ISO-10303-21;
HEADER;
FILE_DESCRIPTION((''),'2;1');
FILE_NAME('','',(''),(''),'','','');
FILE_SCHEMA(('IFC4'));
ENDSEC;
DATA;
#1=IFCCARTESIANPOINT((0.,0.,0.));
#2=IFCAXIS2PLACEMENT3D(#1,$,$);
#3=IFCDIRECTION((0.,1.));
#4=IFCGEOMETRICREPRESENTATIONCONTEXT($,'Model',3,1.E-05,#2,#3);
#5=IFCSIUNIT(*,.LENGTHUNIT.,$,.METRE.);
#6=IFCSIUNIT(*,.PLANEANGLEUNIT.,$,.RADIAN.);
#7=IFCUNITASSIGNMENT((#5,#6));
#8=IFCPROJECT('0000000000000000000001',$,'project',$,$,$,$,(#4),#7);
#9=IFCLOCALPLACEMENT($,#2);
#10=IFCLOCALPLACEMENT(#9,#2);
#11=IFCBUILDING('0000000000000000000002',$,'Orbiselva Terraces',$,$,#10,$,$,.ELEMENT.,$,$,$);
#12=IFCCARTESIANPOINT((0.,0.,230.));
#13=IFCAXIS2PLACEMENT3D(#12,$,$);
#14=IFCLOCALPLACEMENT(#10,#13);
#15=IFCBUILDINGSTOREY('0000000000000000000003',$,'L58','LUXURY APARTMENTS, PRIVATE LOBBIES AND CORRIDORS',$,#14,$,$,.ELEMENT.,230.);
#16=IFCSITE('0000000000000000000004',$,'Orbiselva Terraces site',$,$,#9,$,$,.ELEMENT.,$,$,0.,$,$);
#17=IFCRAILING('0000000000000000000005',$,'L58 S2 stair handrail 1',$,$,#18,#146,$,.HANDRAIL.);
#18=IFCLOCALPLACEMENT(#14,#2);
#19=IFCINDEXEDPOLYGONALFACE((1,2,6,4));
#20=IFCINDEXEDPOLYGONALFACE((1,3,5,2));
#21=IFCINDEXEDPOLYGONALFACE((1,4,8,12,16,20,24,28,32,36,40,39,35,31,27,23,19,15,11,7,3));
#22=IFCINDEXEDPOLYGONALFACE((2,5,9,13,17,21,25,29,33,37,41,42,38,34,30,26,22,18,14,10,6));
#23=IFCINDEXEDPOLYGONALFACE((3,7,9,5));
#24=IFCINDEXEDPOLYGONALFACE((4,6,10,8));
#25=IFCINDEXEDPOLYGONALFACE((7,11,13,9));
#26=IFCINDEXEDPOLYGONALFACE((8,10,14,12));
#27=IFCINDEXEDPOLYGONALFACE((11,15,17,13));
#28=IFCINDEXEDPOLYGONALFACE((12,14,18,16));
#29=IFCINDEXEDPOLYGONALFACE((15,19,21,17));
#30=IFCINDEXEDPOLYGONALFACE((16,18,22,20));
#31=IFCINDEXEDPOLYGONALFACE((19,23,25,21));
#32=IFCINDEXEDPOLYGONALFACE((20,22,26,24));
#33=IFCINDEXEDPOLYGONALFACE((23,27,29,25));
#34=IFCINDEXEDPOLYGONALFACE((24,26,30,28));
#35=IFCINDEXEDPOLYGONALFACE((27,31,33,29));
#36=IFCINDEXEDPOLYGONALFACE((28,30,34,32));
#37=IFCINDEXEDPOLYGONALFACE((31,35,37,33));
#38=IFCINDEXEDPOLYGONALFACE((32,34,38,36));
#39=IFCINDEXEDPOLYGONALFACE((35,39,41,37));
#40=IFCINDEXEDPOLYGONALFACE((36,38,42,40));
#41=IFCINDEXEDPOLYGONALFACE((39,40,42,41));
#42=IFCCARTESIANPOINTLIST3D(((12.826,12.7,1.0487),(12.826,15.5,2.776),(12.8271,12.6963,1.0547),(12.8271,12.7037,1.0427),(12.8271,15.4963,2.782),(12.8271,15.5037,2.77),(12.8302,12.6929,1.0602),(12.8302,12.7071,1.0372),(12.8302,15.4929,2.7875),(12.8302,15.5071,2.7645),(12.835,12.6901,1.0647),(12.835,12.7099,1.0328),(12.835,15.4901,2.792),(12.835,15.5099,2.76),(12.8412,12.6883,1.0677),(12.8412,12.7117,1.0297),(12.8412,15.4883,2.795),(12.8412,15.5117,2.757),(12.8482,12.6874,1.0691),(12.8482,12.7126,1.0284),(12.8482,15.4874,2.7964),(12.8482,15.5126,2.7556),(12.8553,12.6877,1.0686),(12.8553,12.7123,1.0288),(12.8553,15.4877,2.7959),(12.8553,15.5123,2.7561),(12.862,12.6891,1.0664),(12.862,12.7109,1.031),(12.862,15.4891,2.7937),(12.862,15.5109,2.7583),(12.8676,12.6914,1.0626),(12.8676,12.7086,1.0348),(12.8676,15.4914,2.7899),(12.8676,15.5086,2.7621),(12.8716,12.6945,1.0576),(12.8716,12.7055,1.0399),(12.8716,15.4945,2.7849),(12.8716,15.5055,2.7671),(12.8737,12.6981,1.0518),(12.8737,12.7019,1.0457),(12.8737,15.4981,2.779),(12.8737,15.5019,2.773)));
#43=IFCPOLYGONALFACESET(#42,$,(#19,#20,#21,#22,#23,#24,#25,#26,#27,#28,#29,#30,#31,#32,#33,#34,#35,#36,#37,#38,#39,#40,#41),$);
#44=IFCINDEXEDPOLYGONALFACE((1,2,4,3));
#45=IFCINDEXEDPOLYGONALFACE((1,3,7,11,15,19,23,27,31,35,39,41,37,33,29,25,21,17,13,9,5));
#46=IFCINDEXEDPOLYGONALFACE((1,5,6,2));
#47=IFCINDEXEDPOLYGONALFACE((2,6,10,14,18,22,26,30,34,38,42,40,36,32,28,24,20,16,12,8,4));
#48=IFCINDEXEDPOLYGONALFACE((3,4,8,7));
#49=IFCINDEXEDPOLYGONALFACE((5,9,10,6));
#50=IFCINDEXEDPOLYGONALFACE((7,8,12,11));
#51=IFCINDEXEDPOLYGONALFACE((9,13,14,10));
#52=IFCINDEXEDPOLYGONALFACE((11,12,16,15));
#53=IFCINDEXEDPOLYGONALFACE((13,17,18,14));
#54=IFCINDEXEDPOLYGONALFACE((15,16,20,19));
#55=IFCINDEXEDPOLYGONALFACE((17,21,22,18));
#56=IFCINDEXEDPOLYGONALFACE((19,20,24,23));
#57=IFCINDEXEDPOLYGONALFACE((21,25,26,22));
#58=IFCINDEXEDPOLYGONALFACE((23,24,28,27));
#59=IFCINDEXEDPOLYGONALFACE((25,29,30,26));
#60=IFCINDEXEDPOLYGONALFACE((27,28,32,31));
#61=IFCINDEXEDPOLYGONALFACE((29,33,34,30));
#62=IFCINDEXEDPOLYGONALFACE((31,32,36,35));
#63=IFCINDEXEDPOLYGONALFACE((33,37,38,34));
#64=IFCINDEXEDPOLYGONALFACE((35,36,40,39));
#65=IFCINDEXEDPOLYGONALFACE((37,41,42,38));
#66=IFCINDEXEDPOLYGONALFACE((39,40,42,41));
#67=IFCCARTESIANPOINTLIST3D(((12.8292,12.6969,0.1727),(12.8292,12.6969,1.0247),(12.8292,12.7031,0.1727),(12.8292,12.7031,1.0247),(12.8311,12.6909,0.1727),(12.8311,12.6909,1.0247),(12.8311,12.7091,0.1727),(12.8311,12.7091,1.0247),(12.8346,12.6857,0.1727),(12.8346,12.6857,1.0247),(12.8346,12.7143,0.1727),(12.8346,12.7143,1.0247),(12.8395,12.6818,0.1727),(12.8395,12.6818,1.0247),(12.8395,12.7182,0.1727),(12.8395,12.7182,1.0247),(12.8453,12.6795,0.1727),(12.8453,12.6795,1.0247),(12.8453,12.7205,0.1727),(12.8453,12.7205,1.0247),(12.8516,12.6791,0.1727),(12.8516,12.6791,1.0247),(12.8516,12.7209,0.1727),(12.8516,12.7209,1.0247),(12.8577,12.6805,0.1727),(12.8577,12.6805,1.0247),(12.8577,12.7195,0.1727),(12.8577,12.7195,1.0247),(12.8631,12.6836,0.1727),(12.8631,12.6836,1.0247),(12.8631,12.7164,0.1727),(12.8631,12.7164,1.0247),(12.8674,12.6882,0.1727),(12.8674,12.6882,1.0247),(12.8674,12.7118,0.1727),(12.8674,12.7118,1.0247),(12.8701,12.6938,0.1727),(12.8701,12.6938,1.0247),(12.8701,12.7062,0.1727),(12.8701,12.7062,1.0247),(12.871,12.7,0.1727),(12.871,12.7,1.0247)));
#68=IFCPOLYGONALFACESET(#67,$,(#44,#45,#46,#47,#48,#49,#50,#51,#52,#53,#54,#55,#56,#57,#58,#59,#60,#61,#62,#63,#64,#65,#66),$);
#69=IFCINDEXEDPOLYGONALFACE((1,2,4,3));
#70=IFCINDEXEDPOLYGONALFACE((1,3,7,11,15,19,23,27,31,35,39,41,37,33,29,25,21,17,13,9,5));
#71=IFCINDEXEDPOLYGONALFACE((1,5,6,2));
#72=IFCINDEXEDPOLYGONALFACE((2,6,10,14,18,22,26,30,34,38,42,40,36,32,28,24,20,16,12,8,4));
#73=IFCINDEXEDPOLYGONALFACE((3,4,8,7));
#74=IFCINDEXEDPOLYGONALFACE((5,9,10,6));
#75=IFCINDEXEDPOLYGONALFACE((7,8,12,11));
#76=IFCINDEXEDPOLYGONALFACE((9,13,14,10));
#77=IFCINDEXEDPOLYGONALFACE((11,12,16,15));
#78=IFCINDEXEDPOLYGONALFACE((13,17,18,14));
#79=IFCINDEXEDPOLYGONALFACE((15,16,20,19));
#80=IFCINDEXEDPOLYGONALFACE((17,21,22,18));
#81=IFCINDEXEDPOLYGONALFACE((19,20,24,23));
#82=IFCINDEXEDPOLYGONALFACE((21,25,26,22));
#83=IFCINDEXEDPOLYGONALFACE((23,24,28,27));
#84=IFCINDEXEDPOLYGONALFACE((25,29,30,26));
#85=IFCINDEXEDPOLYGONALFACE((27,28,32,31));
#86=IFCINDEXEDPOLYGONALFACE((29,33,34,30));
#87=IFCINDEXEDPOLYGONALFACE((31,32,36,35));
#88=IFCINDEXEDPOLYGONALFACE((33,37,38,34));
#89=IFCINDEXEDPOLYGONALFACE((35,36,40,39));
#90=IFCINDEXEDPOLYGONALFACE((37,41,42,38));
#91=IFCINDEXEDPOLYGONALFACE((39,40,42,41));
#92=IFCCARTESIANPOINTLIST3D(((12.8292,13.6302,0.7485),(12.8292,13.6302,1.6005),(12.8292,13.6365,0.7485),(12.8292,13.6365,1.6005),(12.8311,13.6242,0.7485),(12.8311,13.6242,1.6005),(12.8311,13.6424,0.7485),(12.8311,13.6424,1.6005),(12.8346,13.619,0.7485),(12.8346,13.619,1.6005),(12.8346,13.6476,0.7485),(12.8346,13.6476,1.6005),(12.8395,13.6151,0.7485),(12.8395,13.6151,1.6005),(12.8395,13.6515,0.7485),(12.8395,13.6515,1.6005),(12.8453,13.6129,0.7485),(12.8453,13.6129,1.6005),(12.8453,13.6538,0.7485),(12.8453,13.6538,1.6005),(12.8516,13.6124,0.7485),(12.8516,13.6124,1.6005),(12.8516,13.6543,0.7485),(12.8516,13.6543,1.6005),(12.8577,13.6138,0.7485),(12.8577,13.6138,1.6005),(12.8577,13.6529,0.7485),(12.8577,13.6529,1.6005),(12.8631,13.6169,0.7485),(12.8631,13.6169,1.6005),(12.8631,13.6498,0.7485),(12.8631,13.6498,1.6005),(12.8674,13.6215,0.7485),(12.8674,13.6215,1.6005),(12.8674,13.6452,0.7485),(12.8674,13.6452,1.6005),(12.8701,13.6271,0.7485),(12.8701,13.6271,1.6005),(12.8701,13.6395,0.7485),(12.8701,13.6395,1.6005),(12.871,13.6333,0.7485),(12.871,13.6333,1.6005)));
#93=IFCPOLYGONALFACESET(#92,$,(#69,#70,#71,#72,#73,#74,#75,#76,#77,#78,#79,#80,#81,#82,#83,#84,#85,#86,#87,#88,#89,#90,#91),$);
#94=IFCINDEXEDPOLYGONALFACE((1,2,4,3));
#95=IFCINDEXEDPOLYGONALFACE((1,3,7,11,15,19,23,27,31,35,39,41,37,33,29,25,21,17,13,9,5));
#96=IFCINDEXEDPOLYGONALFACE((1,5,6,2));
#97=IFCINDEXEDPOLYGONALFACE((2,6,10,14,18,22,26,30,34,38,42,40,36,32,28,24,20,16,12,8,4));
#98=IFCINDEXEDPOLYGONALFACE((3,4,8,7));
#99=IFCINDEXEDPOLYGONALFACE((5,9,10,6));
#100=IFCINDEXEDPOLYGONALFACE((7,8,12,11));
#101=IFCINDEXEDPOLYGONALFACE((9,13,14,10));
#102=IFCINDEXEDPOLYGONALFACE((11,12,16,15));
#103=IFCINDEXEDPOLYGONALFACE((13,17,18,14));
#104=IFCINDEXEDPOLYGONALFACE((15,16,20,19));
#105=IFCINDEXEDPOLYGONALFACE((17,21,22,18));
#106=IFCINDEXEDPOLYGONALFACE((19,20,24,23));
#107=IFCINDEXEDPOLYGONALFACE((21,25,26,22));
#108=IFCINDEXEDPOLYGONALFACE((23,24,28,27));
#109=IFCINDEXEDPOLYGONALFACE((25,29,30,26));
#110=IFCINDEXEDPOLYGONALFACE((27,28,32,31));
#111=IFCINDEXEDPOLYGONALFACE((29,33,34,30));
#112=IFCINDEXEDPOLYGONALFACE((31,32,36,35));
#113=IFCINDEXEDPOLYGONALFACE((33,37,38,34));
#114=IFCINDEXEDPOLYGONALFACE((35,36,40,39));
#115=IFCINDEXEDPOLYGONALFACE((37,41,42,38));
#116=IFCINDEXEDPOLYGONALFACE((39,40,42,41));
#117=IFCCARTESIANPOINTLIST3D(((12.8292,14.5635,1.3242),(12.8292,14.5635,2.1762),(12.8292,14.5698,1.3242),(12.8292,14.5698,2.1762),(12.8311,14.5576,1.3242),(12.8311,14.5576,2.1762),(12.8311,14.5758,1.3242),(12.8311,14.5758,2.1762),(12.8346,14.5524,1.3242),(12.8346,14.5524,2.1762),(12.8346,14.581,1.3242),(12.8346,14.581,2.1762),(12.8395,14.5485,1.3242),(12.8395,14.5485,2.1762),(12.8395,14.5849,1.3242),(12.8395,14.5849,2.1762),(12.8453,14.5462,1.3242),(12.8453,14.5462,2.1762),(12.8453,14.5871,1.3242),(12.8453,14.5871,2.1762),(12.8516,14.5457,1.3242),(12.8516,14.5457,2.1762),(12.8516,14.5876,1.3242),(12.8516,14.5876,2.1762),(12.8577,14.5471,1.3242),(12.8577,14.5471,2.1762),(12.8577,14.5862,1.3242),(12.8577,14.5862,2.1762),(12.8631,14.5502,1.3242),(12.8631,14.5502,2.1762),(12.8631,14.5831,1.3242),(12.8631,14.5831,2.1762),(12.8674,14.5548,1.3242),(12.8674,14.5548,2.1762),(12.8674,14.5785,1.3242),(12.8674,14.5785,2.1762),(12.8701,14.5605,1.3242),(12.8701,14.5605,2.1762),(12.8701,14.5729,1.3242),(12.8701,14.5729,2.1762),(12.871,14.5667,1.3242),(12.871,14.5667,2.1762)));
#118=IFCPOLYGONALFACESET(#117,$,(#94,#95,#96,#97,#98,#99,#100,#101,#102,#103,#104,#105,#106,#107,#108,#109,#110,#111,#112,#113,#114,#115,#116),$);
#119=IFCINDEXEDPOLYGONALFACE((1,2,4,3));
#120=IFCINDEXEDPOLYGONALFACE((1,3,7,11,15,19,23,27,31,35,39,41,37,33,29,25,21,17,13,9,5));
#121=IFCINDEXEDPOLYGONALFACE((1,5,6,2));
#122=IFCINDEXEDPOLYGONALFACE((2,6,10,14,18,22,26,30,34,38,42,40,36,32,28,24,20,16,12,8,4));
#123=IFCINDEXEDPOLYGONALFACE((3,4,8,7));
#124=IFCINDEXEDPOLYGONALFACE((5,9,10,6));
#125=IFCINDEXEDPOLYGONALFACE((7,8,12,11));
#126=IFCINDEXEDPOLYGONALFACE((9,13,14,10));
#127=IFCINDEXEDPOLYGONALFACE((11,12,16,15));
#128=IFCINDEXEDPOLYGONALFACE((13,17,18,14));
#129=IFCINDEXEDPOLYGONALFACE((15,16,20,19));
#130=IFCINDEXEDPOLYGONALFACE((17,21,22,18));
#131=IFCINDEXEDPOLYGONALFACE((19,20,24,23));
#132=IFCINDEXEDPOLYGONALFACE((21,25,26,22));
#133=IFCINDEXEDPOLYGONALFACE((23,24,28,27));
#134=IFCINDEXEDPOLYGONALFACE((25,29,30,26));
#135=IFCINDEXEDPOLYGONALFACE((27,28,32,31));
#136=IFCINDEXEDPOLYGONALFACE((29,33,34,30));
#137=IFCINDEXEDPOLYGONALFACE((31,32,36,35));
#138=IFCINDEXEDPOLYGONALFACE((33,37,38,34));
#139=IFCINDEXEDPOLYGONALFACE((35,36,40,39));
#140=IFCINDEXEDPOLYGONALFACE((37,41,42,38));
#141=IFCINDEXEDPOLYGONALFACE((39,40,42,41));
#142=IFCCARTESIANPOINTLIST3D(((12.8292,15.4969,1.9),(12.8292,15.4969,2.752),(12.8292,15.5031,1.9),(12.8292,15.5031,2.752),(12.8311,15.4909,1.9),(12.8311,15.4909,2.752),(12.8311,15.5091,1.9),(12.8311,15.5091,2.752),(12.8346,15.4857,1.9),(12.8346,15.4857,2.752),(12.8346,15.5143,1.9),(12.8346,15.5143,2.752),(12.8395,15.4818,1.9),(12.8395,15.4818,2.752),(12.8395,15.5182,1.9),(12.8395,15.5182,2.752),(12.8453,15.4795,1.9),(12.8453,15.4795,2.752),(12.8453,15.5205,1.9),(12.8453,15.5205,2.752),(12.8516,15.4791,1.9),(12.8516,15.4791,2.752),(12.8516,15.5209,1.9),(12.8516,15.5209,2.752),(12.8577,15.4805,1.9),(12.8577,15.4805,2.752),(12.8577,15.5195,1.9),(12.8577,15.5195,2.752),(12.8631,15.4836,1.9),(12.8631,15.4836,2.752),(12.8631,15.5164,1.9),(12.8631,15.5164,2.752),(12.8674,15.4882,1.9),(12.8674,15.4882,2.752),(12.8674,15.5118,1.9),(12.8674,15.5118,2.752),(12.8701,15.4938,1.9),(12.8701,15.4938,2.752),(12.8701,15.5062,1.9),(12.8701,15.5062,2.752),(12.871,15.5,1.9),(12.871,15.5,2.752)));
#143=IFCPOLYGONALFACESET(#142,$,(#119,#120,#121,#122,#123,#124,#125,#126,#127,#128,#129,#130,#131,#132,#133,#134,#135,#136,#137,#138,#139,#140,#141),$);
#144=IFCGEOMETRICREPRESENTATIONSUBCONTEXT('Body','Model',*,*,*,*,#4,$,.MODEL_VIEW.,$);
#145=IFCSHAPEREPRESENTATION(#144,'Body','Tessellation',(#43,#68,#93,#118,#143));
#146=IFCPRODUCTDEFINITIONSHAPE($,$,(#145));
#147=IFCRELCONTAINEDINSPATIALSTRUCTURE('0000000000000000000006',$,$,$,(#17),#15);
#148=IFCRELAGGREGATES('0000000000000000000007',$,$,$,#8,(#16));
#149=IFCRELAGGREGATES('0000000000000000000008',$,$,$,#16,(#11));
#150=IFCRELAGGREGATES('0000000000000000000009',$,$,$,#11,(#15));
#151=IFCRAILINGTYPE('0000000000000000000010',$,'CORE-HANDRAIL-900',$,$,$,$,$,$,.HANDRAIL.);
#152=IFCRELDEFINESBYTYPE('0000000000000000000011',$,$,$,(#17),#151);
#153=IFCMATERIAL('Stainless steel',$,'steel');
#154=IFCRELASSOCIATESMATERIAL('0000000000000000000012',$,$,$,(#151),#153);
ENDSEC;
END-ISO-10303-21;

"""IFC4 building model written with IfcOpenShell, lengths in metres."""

from ifc_helpers import new_model, si_unit, direction, frame, origin, origin_2d, place, context, subcontext, project, spatial, circle, extrude, material, type_object, element, save


model = new_model("IFC4")

# Units and contexts
model_context = context("Model", 3, precision=1e-05, world=origin(), true_north=direction((0.0, 1.0)))
body_context = subcontext(model_context, "Body", "Model", "MODEL_VIEW")
ifc_project = project(units=[si_unit("LENGTHUNIT", "METRE"), si_unit("PLANEANGLEUNIT", "RADIAN")], contexts=[model_context])

# Site, building, storey
site_placement = place(None, origin())
site = spatial("IfcSite", under=ifc_project, at=site_placement, Name="Orbiselva Terraces site", CompositionType="ELEMENT", RefElevation=0.0)
building_placement = place(site_placement, origin())
building = spatial("IfcBuilding", under=site, at=building_placement, Name="Orbiselva Terraces", CompositionType="ELEMENT")
storey_placement = place(building_placement, frame((0.0, 0.0, 230.0)))
storey = spatial("IfcBuildingStorey", under=building, at=storey_placement, Name="L58", Description="LUXURY APARTMENTS, PRIVATE LOBBIES AND CORRIDORS", CompositionType="ELEMENT", Elevation=230.0)

# Railing
ifc_material_1 = material(Name="Stainless steel", Category="steel")
railing_type = type_object("IfcRailingType", Name="CORE-HANDRAIL-900", PredefinedType="HANDRAIL", material=ifc_material_1)
railing_1_placement = place(storey_placement, frame((12.85, 12.7, 0.1727)))
element("IfcRailing", 1, at=railing_1_placement, inside=storey, type_object=railing_type, Name="L58 S2 stair handrail 1", PredefinedType="HANDRAIL", context=body_context, shape_type="SweptSolid", body=[
    extrude(circle(Radius=0.024, at=origin_2d()), frame((0.0, 0.0, 0.876), z_axis=(0.0, 0.851089, 0.525022), x_axis=(-1.0, 0.0, 0.0)), (0.0, 0.0, 1.0), 3.2899),
    extrude(circle(Radius=0.021, at=origin_2d()), origin(), (0.0, 0.0, 1.0), 0.852),
    extrude(circle(Radius=0.021, at=origin_2d()), frame((0.0, 0.9333, 0.5758)), (0.0, 0.0, 1.0), 0.852),
    extrude(circle(Radius=0.021, at=origin_2d()), frame((0.0, 1.8667, 1.1515)), (0.0, 0.0, 1.0), 0.852),
    extrude(circle(Radius=0.021, at=origin_2d()), frame((0.0, 2.8, 1.7273)), (0.0, 0.0, 1.0), 0.852),
])

save(model, "model.ifc")
